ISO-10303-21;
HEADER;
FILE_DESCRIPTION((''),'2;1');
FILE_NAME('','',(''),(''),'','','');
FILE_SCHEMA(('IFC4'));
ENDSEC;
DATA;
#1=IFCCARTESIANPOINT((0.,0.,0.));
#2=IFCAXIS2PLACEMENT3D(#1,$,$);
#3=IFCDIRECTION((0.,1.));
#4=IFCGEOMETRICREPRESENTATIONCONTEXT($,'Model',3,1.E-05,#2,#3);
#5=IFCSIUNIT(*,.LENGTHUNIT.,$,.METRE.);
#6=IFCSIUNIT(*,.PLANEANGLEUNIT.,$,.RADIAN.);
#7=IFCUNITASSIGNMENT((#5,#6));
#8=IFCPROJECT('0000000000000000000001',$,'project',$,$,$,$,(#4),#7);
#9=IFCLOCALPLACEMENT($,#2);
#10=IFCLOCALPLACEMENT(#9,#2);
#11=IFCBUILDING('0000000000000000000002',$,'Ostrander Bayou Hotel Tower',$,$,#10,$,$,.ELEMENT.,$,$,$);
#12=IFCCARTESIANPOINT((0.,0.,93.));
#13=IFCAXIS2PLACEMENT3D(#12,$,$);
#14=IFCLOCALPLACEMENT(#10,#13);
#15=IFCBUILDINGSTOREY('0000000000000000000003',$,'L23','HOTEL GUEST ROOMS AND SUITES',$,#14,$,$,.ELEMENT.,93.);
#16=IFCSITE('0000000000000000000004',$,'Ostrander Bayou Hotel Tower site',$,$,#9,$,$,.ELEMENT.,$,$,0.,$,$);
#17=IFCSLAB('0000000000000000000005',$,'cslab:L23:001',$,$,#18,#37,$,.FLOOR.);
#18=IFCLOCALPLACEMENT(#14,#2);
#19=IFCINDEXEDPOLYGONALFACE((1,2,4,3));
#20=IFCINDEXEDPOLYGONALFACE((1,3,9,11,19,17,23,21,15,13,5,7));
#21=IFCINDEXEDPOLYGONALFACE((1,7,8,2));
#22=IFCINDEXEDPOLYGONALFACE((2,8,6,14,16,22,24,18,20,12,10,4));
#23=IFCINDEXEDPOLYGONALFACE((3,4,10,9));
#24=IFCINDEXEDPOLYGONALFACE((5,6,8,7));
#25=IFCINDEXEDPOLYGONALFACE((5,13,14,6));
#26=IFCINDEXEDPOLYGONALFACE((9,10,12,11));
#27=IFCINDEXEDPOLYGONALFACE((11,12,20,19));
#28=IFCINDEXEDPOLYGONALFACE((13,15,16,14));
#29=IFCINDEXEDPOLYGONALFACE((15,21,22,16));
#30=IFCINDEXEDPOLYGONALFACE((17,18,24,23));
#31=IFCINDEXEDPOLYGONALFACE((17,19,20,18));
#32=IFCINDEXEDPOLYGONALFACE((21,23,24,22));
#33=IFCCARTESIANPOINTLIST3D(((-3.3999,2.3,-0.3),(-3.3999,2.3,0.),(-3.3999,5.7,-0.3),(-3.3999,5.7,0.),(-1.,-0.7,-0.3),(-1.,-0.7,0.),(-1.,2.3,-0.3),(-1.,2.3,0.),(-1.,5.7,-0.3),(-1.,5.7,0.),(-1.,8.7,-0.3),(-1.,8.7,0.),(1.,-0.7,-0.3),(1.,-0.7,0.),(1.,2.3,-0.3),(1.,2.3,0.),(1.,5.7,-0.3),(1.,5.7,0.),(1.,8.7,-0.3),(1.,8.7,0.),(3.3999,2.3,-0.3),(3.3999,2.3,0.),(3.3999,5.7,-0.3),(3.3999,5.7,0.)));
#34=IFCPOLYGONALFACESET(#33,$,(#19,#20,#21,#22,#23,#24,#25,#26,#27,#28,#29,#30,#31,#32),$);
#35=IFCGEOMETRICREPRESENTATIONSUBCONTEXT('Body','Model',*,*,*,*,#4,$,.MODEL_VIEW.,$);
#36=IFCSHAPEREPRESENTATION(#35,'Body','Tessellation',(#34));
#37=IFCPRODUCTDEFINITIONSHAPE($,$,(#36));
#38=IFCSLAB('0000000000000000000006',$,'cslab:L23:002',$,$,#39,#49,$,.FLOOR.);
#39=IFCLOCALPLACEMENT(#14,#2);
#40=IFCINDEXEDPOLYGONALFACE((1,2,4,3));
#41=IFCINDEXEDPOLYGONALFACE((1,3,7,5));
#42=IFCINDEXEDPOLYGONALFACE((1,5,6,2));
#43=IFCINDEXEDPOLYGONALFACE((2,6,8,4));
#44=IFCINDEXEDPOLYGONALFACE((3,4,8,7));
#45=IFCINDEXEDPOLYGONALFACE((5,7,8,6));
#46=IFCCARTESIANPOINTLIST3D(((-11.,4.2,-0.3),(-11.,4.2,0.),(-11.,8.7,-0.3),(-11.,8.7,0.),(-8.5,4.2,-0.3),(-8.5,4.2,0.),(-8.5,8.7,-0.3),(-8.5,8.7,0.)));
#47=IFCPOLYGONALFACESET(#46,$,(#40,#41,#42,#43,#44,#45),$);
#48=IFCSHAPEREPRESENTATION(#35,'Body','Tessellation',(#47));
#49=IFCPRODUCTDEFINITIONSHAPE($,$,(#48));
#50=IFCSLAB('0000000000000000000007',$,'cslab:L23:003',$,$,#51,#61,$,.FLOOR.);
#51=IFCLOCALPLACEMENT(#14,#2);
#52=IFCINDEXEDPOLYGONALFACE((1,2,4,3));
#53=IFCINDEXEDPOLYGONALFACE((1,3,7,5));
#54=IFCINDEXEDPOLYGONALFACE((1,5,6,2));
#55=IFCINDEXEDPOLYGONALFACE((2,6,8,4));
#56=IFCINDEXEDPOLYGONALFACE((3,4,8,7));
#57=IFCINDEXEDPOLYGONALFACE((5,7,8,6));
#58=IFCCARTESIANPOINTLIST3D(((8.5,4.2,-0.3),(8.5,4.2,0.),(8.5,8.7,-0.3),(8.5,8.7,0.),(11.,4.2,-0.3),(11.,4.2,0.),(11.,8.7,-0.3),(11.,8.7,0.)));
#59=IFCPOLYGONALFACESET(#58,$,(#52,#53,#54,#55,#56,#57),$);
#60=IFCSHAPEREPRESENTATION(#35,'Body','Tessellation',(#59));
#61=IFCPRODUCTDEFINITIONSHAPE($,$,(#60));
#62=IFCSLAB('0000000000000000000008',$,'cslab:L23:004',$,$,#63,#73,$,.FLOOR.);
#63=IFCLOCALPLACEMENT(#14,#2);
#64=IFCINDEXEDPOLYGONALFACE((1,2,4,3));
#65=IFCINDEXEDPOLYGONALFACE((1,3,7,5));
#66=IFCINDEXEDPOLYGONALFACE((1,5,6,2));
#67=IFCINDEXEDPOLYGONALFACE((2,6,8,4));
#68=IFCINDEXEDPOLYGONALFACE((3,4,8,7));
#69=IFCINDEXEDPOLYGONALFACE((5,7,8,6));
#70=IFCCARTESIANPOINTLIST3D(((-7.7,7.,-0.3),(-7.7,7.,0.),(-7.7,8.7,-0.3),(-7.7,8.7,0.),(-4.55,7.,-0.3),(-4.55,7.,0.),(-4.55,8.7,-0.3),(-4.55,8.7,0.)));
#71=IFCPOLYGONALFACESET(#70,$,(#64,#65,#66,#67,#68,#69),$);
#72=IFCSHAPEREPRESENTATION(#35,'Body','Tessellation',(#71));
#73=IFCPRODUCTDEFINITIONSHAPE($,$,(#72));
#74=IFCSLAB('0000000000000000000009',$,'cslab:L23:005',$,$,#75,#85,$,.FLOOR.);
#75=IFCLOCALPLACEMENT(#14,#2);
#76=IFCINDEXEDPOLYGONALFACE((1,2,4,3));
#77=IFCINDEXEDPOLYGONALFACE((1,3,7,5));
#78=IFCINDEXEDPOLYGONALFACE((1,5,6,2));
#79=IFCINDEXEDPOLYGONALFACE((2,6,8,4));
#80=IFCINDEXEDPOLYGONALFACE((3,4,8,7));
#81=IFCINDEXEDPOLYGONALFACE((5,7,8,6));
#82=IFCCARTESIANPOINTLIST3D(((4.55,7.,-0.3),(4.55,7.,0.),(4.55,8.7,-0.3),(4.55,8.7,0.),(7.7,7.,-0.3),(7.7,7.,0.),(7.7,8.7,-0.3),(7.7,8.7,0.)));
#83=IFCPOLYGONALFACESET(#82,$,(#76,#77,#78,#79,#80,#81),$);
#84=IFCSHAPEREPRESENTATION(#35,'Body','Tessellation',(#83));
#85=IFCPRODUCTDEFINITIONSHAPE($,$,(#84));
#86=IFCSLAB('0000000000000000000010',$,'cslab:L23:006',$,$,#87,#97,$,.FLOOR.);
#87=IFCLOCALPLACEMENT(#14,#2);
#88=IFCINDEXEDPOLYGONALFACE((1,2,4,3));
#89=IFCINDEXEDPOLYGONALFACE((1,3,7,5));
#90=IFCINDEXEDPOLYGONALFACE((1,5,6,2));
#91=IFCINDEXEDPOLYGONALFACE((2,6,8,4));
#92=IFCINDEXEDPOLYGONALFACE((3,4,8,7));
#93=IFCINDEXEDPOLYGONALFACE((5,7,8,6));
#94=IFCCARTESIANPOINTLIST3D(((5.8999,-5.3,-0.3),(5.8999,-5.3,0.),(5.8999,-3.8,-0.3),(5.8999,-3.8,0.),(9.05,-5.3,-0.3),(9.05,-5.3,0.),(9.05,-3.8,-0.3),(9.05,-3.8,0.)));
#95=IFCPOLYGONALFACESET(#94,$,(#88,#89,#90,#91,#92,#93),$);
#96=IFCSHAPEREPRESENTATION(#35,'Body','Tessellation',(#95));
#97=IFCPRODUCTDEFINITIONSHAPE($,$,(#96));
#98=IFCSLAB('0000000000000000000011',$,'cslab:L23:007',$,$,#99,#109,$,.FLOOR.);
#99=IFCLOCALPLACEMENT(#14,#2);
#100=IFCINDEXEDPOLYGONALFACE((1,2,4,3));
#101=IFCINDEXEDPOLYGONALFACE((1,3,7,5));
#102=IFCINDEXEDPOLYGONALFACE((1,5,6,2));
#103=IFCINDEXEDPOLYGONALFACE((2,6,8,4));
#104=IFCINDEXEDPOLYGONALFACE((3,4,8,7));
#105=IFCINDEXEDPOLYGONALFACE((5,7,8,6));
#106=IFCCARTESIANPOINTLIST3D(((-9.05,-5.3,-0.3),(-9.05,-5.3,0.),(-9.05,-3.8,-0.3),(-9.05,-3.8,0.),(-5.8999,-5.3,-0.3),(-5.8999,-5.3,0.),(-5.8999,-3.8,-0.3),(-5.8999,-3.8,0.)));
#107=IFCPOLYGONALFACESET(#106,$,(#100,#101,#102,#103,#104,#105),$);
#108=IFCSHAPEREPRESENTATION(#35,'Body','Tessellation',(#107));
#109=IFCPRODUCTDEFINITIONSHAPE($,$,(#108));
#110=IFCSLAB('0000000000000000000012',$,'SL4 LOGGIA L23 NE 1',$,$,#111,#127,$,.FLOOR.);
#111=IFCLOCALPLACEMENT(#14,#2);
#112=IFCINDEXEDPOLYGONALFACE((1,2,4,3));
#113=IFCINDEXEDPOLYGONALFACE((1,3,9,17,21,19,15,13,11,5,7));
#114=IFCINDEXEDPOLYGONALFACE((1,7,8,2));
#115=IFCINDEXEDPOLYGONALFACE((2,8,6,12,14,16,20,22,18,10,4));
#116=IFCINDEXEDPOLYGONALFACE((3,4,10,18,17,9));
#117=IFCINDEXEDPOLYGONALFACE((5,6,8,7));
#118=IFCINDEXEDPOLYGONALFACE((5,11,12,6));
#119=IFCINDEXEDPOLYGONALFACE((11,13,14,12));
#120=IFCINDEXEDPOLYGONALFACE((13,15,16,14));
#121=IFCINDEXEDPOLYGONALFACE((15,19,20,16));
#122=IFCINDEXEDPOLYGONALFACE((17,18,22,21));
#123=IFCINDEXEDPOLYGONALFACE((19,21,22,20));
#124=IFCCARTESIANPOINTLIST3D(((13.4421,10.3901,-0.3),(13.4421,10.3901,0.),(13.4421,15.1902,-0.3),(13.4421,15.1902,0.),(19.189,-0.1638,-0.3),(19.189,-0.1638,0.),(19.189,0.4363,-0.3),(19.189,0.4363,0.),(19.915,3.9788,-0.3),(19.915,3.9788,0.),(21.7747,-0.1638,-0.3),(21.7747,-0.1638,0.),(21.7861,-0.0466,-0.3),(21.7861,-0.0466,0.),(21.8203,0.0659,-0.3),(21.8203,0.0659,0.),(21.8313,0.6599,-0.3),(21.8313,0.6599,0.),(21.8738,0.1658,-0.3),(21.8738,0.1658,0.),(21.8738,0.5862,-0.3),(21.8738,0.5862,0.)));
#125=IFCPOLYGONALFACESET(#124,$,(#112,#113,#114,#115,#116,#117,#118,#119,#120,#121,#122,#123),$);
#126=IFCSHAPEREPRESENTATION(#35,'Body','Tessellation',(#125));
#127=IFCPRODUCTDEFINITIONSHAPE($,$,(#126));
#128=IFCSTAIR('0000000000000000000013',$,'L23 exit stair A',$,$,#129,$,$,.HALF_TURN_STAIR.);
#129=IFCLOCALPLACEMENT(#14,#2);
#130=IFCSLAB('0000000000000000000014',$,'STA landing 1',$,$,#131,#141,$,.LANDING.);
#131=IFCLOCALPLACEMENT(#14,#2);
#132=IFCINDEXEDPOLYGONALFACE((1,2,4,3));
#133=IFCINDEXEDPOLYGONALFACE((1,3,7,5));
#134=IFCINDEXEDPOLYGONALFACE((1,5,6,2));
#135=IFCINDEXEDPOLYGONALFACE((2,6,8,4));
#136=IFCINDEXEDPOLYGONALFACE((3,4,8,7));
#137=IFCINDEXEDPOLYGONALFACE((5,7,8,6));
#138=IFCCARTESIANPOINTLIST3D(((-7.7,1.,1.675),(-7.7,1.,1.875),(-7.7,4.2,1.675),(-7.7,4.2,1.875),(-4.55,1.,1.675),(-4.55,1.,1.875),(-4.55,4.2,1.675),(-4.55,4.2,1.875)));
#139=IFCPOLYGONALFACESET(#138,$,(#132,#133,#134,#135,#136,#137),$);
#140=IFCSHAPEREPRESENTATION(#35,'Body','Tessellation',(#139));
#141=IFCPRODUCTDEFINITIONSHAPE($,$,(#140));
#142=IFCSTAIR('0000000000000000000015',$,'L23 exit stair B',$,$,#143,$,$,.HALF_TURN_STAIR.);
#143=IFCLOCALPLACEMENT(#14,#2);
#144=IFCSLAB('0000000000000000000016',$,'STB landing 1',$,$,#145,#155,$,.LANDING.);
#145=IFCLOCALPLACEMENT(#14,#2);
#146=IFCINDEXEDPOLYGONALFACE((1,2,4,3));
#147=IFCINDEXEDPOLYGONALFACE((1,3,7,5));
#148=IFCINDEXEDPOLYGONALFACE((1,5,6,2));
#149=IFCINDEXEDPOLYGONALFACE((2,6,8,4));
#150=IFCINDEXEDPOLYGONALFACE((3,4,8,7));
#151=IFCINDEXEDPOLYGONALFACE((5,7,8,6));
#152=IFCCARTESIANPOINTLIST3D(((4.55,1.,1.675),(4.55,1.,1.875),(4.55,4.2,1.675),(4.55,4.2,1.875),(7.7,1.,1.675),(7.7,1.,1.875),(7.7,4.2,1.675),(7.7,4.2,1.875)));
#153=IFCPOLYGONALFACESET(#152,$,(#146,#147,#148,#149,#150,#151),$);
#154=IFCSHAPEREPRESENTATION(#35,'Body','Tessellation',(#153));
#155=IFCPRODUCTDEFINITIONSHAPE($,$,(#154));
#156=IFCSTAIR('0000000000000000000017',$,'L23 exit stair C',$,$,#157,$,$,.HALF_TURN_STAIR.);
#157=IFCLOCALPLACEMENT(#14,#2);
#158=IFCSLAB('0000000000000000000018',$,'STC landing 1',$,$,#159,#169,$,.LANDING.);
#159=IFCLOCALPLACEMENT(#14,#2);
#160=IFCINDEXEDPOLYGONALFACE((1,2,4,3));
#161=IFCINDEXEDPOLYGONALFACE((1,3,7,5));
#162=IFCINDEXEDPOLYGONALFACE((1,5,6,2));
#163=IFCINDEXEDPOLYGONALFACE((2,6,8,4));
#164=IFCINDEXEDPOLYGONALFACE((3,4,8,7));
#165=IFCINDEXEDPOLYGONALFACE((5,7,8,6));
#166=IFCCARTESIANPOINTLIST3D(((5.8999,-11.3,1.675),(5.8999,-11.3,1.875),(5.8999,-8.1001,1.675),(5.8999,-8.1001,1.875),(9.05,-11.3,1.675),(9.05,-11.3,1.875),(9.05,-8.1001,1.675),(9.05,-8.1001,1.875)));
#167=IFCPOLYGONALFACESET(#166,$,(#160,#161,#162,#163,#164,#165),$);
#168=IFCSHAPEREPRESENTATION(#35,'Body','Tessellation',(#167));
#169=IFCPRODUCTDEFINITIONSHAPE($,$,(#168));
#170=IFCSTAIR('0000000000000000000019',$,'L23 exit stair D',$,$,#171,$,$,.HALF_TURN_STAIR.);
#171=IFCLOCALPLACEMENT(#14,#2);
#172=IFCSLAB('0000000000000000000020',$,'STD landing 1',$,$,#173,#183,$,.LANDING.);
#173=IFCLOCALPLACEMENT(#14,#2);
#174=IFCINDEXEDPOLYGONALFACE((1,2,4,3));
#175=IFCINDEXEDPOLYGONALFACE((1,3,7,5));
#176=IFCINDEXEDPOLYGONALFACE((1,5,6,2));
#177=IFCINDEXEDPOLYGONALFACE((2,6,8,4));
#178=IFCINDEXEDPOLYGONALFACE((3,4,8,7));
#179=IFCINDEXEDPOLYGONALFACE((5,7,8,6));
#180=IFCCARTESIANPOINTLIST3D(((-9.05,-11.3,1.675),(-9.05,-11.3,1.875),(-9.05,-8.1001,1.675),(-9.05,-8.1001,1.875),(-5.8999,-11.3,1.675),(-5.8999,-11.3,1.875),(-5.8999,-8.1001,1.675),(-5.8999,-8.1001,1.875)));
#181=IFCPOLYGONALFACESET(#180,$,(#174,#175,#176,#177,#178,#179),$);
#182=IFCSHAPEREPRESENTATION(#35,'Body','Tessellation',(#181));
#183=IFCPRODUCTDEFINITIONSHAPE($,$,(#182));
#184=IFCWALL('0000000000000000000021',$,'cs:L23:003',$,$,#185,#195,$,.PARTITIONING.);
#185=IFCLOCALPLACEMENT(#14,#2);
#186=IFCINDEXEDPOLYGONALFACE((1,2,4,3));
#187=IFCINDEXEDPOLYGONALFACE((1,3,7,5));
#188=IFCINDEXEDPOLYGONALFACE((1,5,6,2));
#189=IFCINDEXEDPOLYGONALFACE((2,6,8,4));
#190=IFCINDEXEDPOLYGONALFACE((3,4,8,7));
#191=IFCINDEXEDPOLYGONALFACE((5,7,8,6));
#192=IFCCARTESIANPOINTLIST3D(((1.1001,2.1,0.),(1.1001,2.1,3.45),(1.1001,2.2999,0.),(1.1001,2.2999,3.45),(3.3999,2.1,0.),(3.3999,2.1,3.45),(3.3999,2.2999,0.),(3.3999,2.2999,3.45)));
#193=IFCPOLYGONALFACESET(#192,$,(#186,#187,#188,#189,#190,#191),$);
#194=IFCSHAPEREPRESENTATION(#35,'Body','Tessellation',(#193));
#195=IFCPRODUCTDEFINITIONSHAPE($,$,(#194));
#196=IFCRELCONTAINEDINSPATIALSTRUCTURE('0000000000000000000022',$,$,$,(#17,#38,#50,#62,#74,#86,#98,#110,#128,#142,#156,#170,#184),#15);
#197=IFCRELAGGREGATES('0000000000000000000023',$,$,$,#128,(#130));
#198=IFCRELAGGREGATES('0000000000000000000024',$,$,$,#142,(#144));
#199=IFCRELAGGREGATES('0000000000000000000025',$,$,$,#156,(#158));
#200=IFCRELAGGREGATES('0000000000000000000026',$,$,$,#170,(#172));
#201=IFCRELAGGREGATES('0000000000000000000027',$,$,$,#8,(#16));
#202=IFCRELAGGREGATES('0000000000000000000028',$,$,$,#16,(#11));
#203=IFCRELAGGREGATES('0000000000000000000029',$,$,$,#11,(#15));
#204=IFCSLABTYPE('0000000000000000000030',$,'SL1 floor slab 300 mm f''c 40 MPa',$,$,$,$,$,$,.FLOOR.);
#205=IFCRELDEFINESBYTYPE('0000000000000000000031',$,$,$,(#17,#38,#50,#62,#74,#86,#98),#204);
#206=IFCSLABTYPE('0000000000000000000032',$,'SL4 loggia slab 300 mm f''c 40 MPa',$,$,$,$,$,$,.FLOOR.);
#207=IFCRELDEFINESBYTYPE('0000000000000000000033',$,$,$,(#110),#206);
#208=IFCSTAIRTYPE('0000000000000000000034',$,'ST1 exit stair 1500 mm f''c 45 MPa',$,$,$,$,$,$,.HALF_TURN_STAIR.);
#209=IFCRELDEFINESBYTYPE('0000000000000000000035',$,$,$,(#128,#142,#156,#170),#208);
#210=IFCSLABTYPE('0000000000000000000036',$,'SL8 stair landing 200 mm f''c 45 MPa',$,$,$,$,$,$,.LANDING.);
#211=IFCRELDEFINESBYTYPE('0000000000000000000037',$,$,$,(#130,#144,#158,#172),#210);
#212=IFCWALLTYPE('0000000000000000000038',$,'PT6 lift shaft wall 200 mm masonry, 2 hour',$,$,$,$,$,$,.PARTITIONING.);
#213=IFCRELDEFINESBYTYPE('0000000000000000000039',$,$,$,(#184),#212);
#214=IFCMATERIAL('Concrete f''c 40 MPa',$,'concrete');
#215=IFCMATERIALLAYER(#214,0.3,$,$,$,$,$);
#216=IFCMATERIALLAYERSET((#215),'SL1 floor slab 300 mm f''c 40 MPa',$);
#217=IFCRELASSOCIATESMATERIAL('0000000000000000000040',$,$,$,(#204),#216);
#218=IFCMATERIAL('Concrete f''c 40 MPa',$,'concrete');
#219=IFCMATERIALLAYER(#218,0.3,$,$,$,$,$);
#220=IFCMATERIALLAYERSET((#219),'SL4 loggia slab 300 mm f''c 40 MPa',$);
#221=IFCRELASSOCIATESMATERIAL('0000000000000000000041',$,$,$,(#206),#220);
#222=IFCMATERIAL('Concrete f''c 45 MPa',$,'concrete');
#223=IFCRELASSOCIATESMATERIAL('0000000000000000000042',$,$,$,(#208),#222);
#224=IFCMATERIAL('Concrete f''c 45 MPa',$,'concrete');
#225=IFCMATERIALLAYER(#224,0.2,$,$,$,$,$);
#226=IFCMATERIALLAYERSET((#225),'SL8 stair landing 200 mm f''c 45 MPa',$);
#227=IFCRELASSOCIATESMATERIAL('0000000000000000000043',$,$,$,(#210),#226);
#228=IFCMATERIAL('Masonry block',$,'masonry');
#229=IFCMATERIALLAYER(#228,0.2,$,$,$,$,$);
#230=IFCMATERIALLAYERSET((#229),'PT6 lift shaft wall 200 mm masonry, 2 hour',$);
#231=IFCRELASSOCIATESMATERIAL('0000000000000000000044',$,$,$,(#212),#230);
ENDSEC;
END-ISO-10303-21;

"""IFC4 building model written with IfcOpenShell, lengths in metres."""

from ifc_helpers import new_model, si_unit, direction, frame, frame_2d, origin, place, context, subcontext, project, spatial, polyline, rectangle, outline, extrude, material, layer, layer_set, type_object, element, aggregate, save


model = new_model("IFC4")

# Units and contexts
model_context = context("Model", 3, precision=1e-05, world=origin(), true_north=direction((0.0, 1.0)))
body_context = subcontext(model_context, "Body", "Model", "MODEL_VIEW")
ifc_project = project(units=[si_unit("LENGTHUNIT", "METRE"), si_unit("PLANEANGLEUNIT", "RADIAN")], contexts=[model_context])

# Site, building, storey
site_placement = place(None, origin())
site = spatial("IfcSite", under=ifc_project, at=site_placement, Name="Ostrander Bayou Hotel Tower site", CompositionType="ELEMENT", RefElevation=0.0)
building_placement = place(site_placement, origin())
building = spatial("IfcBuilding", under=site, at=building_placement, Name="Ostrander Bayou Hotel Tower", CompositionType="ELEMENT")
storey_placement = place(building_placement, frame((0.0, 0.0, 93.0)))
storey = spatial("IfcBuildingStorey", under=building, at=storey_placement, Name="L23", Description="HOTEL GUEST ROOMS AND SUITES", CompositionType="ELEMENT", Elevation=93.0)

# Slabs
ifc_material_1 = material(Name="Concrete f'c 40 MPa", Category="concrete")
ifc_layer_1 = layer(ifc_material_1, 0.3)
ifc_layer_set_1 = layer_set([ifc_layer_1], Name="SL1 floor slab 300 mm f'c 40 MPa")
slab_type_1 = type_object("IfcSlabType", Name="SL1 floor slab 300 mm f'c 40 MPa", PredefinedType="FLOOR", material=ifc_layer_set_1)
slab_1_placement = place(storey_placement, frame((0.0, 0.0, -0.3)))
element("IfcSlab", 1, at=slab_1_placement, inside=storey, type_object=slab_type_1, Name="cslab:L23:001", PredefinedType="FLOOR", context=body_context, shape_type="SweptSolid", body=[
    extrude(outline(polyline([(-3.3999, 5.7), (-1.0, 5.7), (-1.0, 8.7), (1.0, 8.7), (1.0, 5.7), (3.3999, 5.7), (3.3999, 2.3), (1.0, 2.3), (1.0, -0.7), (-1.0, -0.7), (-1.0, 2.3), (-3.3999, 2.3), (-3.3999, 5.7)])), origin(), (0.0, 0.0, 1.0), 0.3),
])
slab_2_placement = place(storey_placement, frame((0.0, 0.0, -0.3)))
element("IfcSlab", 2, at=slab_2_placement, inside=storey, type_object=slab_type_1, Name="cslab:L23:002", PredefinedType="FLOOR", context=body_context, shape_type="SweptSolid", body=[
    extrude(outline(polyline([(-8.5, 4.2), (-8.5, 8.7), (-11.0, 8.7), (-11.0, 4.2), (-8.5, 4.2)])), origin(), (0.0, 0.0, 1.0), 0.3),
])
slab_3_placement = place(storey_placement, frame((0.0, 0.0, -0.3)))
element("IfcSlab", 3, at=slab_3_placement, inside=storey, type_object=slab_type_1, Name="cslab:L23:003", PredefinedType="FLOOR", context=body_context, shape_type="SweptSolid", body=[
    extrude(outline(polyline([(11.0, 4.2), (11.0, 8.7), (8.5, 8.7), (8.5, 4.2), (11.0, 4.2)])), origin(), (0.0, 0.0, 1.0), 0.3),
])
slab_4_placement = place(storey_placement, frame((0.0, 0.0, -0.3)))
element("IfcSlab", 4, at=slab_4_placement, inside=storey, type_object=slab_type_1, Name="cslab:L23:004", PredefinedType="FLOOR", context=body_context, shape_type="SweptSolid", body=[
    extrude(outline(polyline([(-4.55, 7.0), (-4.55, 8.7), (-7.7, 8.7), (-7.7, 7.0), (-4.55, 7.0)])), origin(), (0.0, 0.0, 1.0), 0.3),
])
slab_5_placement = place(storey_placement, frame((0.0, 0.0, -0.3)))
element("IfcSlab", 5, at=slab_5_placement, inside=storey, type_object=slab_type_1, Name="cslab:L23:005", PredefinedType="FLOOR", context=body_context, shape_type="SweptSolid", body=[
    extrude(outline(polyline([(7.7, 7.0), (7.7, 8.7), (4.55, 8.7), (4.55, 7.0), (7.7, 7.0)])), origin(), (0.0, 0.0, 1.0), 0.3),
])
slab_6_placement = place(storey_placement, frame((0.0, 0.0, -0.3)))
element("IfcSlab", 6, at=slab_6_placement, inside=storey, type_object=slab_type_1, Name="cslab:L23:006", PredefinedType="FLOOR", context=body_context, shape_type="SweptSolid", body=[
    extrude(outline(polyline([(9.05, -5.3), (9.05, -3.8), (5.8999, -3.8), (5.8999, -5.3), (9.05, -5.3)])), origin(), (0.0, 0.0, 1.0), 0.3),
])
slab_7_placement = place(storey_placement, frame((0.0, 0.0, -0.3)))
element("IfcSlab", 7, at=slab_7_placement, inside=storey, type_object=slab_type_1, Name="cslab:L23:007", PredefinedType="FLOOR", context=body_context, shape_type="SweptSolid", body=[
    extrude(outline(polyline([(-5.8999, -5.3), (-5.8999, -3.8), (-9.05, -3.8), (-9.05, -5.3), (-5.8999, -5.3)])), origin(), (0.0, 0.0, 1.0), 0.3),
])
ifc_material_2 = material(Name="Concrete f'c 40 MPa", Category="concrete")
ifc_layer_2 = layer(ifc_material_2, 0.3)
ifc_layer_set_2 = layer_set([ifc_layer_2], Name="SL4 loggia slab 300 mm f'c 40 MPa")
slab_type_2 = type_object("IfcSlabType", Name="SL4 loggia slab 300 mm f'c 40 MPa", PredefinedType="FLOOR", material=ifc_layer_set_2)
slab_8_placement = place(storey_placement, frame((0.0, 0.0, -0.3)))
element("IfcSlab", 8, at=slab_8_placement, inside=storey, type_object=slab_type_2, Name="SL4 LOGGIA L23 NE 1", PredefinedType="FLOOR", context=body_context, shape_type="SweptSolid", body=[
    extrude(outline(polyline([(13.4421, 15.1902), (19.915, 3.9788), (21.8313, 0.6599), (21.8738, 0.5862), (21.8738, 0.1658), (21.8203, 0.0659), (21.7861, -0.0466), (21.7747, -0.1638), (19.189, -0.1638), (19.189, 0.4363), (13.4421, 10.3901), (13.4421, 15.1902)])), origin(), (0.0, 0.0, 1.0), 0.3),
])

# Stairs, slabs
ifc_material_3 = material(Name="Concrete f'c 45 MPa", Category="concrete")
stair_type = type_object("IfcStairType", Name="ST1 exit stair 1500 mm f'c 45 MPa", PredefinedType="HALF_TURN_STAIR", material=ifc_material_3)
stair_1_placement = place(storey_placement, origin())
stair_1 = element("IfcStair", 9, at=stair_1_placement, inside=storey, type_object=stair_type, Name="L23 exit stair A", PredefinedType="HALF_TURN_STAIR")
ifc_material_4 = material(Name="Concrete f'c 45 MPa", Category="concrete")
ifc_layer_3 = layer(ifc_material_4, 0.2)
ifc_layer_set_3 = layer_set([ifc_layer_3], Name="SL8 stair landing 200 mm f'c 45 MPa")
slab_type_3 = type_object("IfcSlabType", Name="SL8 stair landing 200 mm f'c 45 MPa", PredefinedType="LANDING", material=ifc_layer_set_3)
slab_9_placement = place(storey_placement, frame((0.0, 0.0, 1.675)))
slab_9 = element("IfcSlab", 10, at=slab_9_placement, type_object=slab_type_3, Name="STA landing 1", PredefinedType="LANDING", context=body_context, shape_type="SweptSolid", body=[
    extrude(outline(polyline([(-7.7, 4.2), (-7.7, 1.0), (-4.55, 1.0), (-4.55, 4.2), (-7.7, 4.2)])), origin(), (0.0, 0.0, 1.0), 0.2),
])
aggregate(stair_1, [slab_9])
stair_2_placement = place(storey_placement, origin())
stair_2 = element("IfcStair", 11, at=stair_2_placement, inside=storey, type_object=stair_type, Name="L23 exit stair B", PredefinedType="HALF_TURN_STAIR")
slab_10_placement = place(storey_placement, frame((0.0, 0.0, 1.675)))
slab_10 = element("IfcSlab", 12, at=slab_10_placement, type_object=slab_type_3, Name="STB landing 1", PredefinedType="LANDING", context=body_context, shape_type="SweptSolid", body=[
    extrude(outline(polyline([(4.55, 4.2), (4.55, 1.0), (7.7, 1.0), (7.7, 4.2), (4.55, 4.2)])), origin(), (0.0, 0.0, 1.0), 0.2),
])
aggregate(stair_2, [slab_10])
stair_3_placement = place(storey_placement, origin())
stair_3 = element("IfcStair", 13, at=stair_3_placement, inside=storey, type_object=stair_type, Name="L23 exit stair C", PredefinedType="HALF_TURN_STAIR")
slab_11_placement = place(storey_placement, frame((0.0, 0.0, 1.675)))
slab_11 = element("IfcSlab", 14, at=slab_11_placement, type_object=slab_type_3, Name="STC landing 1", PredefinedType="LANDING", context=body_context, shape_type="SweptSolid", body=[
    extrude(outline(polyline([(5.8999, -8.1001), (5.8999, -11.3), (9.05, -11.3), (9.05, -8.1001), (5.8999, -8.1001)])), origin(), (0.0, 0.0, 1.0), 0.2),
])
aggregate(stair_3, [slab_11])
stair_4_placement = place(storey_placement, origin())
stair_4 = element("IfcStair", 15, at=stair_4_placement, inside=storey, type_object=stair_type, Name="L23 exit stair D", PredefinedType="HALF_TURN_STAIR")
slab_12_placement = place(storey_placement, frame((0.0, 0.0, 1.675)))
slab_12 = element("IfcSlab", 16, at=slab_12_placement, type_object=slab_type_3, Name="STD landing 1", PredefinedType="LANDING", context=body_context, shape_type="SweptSolid", body=[
    extrude(outline(polyline([(-9.05, -8.1001), (-9.05, -11.3), (-5.8999, -11.3), (-5.8999, -8.1001), (-9.05, -8.1001)])), origin(), (0.0, 0.0, 1.0), 0.2),
])
aggregate(stair_4, [slab_12])

# Wall
ifc_material_5 = material(Name="Masonry block", Category="masonry")
ifc_layer_4 = layer(ifc_material_5, 0.2)
ifc_layer_set_4 = layer_set([ifc_layer_4], Name="PT6 lift shaft wall 200 mm masonry, 2 hour")
wall_type_1 = type_object("IfcWallType", Name="PT6 lift shaft wall 200 mm masonry, 2 hour", PredefinedType="PARTITIONING", material=ifc_layer_set_4)
wall_1_placement = place(storey_placement, frame((1.1001, 2.2, 0.0), z_axis=(0.0, 0.0, 1.0), x_axis=(1.0, 0.0, 0.0)))
element("IfcWall", 17, at=wall_1_placement, inside=storey, type_object=wall_type_1, Name="cs:L23:003", PredefinedType="PARTITIONING", context=body_context, shape_type="SweptSolid", body=[
    extrude(rectangle(XDim=2.2998, YDim=0.2, at=frame_2d((1.1499, 0.0))), origin(), (0.0, 0.0, 1.0), 3.45),
])

save(model, "model.ifc")
